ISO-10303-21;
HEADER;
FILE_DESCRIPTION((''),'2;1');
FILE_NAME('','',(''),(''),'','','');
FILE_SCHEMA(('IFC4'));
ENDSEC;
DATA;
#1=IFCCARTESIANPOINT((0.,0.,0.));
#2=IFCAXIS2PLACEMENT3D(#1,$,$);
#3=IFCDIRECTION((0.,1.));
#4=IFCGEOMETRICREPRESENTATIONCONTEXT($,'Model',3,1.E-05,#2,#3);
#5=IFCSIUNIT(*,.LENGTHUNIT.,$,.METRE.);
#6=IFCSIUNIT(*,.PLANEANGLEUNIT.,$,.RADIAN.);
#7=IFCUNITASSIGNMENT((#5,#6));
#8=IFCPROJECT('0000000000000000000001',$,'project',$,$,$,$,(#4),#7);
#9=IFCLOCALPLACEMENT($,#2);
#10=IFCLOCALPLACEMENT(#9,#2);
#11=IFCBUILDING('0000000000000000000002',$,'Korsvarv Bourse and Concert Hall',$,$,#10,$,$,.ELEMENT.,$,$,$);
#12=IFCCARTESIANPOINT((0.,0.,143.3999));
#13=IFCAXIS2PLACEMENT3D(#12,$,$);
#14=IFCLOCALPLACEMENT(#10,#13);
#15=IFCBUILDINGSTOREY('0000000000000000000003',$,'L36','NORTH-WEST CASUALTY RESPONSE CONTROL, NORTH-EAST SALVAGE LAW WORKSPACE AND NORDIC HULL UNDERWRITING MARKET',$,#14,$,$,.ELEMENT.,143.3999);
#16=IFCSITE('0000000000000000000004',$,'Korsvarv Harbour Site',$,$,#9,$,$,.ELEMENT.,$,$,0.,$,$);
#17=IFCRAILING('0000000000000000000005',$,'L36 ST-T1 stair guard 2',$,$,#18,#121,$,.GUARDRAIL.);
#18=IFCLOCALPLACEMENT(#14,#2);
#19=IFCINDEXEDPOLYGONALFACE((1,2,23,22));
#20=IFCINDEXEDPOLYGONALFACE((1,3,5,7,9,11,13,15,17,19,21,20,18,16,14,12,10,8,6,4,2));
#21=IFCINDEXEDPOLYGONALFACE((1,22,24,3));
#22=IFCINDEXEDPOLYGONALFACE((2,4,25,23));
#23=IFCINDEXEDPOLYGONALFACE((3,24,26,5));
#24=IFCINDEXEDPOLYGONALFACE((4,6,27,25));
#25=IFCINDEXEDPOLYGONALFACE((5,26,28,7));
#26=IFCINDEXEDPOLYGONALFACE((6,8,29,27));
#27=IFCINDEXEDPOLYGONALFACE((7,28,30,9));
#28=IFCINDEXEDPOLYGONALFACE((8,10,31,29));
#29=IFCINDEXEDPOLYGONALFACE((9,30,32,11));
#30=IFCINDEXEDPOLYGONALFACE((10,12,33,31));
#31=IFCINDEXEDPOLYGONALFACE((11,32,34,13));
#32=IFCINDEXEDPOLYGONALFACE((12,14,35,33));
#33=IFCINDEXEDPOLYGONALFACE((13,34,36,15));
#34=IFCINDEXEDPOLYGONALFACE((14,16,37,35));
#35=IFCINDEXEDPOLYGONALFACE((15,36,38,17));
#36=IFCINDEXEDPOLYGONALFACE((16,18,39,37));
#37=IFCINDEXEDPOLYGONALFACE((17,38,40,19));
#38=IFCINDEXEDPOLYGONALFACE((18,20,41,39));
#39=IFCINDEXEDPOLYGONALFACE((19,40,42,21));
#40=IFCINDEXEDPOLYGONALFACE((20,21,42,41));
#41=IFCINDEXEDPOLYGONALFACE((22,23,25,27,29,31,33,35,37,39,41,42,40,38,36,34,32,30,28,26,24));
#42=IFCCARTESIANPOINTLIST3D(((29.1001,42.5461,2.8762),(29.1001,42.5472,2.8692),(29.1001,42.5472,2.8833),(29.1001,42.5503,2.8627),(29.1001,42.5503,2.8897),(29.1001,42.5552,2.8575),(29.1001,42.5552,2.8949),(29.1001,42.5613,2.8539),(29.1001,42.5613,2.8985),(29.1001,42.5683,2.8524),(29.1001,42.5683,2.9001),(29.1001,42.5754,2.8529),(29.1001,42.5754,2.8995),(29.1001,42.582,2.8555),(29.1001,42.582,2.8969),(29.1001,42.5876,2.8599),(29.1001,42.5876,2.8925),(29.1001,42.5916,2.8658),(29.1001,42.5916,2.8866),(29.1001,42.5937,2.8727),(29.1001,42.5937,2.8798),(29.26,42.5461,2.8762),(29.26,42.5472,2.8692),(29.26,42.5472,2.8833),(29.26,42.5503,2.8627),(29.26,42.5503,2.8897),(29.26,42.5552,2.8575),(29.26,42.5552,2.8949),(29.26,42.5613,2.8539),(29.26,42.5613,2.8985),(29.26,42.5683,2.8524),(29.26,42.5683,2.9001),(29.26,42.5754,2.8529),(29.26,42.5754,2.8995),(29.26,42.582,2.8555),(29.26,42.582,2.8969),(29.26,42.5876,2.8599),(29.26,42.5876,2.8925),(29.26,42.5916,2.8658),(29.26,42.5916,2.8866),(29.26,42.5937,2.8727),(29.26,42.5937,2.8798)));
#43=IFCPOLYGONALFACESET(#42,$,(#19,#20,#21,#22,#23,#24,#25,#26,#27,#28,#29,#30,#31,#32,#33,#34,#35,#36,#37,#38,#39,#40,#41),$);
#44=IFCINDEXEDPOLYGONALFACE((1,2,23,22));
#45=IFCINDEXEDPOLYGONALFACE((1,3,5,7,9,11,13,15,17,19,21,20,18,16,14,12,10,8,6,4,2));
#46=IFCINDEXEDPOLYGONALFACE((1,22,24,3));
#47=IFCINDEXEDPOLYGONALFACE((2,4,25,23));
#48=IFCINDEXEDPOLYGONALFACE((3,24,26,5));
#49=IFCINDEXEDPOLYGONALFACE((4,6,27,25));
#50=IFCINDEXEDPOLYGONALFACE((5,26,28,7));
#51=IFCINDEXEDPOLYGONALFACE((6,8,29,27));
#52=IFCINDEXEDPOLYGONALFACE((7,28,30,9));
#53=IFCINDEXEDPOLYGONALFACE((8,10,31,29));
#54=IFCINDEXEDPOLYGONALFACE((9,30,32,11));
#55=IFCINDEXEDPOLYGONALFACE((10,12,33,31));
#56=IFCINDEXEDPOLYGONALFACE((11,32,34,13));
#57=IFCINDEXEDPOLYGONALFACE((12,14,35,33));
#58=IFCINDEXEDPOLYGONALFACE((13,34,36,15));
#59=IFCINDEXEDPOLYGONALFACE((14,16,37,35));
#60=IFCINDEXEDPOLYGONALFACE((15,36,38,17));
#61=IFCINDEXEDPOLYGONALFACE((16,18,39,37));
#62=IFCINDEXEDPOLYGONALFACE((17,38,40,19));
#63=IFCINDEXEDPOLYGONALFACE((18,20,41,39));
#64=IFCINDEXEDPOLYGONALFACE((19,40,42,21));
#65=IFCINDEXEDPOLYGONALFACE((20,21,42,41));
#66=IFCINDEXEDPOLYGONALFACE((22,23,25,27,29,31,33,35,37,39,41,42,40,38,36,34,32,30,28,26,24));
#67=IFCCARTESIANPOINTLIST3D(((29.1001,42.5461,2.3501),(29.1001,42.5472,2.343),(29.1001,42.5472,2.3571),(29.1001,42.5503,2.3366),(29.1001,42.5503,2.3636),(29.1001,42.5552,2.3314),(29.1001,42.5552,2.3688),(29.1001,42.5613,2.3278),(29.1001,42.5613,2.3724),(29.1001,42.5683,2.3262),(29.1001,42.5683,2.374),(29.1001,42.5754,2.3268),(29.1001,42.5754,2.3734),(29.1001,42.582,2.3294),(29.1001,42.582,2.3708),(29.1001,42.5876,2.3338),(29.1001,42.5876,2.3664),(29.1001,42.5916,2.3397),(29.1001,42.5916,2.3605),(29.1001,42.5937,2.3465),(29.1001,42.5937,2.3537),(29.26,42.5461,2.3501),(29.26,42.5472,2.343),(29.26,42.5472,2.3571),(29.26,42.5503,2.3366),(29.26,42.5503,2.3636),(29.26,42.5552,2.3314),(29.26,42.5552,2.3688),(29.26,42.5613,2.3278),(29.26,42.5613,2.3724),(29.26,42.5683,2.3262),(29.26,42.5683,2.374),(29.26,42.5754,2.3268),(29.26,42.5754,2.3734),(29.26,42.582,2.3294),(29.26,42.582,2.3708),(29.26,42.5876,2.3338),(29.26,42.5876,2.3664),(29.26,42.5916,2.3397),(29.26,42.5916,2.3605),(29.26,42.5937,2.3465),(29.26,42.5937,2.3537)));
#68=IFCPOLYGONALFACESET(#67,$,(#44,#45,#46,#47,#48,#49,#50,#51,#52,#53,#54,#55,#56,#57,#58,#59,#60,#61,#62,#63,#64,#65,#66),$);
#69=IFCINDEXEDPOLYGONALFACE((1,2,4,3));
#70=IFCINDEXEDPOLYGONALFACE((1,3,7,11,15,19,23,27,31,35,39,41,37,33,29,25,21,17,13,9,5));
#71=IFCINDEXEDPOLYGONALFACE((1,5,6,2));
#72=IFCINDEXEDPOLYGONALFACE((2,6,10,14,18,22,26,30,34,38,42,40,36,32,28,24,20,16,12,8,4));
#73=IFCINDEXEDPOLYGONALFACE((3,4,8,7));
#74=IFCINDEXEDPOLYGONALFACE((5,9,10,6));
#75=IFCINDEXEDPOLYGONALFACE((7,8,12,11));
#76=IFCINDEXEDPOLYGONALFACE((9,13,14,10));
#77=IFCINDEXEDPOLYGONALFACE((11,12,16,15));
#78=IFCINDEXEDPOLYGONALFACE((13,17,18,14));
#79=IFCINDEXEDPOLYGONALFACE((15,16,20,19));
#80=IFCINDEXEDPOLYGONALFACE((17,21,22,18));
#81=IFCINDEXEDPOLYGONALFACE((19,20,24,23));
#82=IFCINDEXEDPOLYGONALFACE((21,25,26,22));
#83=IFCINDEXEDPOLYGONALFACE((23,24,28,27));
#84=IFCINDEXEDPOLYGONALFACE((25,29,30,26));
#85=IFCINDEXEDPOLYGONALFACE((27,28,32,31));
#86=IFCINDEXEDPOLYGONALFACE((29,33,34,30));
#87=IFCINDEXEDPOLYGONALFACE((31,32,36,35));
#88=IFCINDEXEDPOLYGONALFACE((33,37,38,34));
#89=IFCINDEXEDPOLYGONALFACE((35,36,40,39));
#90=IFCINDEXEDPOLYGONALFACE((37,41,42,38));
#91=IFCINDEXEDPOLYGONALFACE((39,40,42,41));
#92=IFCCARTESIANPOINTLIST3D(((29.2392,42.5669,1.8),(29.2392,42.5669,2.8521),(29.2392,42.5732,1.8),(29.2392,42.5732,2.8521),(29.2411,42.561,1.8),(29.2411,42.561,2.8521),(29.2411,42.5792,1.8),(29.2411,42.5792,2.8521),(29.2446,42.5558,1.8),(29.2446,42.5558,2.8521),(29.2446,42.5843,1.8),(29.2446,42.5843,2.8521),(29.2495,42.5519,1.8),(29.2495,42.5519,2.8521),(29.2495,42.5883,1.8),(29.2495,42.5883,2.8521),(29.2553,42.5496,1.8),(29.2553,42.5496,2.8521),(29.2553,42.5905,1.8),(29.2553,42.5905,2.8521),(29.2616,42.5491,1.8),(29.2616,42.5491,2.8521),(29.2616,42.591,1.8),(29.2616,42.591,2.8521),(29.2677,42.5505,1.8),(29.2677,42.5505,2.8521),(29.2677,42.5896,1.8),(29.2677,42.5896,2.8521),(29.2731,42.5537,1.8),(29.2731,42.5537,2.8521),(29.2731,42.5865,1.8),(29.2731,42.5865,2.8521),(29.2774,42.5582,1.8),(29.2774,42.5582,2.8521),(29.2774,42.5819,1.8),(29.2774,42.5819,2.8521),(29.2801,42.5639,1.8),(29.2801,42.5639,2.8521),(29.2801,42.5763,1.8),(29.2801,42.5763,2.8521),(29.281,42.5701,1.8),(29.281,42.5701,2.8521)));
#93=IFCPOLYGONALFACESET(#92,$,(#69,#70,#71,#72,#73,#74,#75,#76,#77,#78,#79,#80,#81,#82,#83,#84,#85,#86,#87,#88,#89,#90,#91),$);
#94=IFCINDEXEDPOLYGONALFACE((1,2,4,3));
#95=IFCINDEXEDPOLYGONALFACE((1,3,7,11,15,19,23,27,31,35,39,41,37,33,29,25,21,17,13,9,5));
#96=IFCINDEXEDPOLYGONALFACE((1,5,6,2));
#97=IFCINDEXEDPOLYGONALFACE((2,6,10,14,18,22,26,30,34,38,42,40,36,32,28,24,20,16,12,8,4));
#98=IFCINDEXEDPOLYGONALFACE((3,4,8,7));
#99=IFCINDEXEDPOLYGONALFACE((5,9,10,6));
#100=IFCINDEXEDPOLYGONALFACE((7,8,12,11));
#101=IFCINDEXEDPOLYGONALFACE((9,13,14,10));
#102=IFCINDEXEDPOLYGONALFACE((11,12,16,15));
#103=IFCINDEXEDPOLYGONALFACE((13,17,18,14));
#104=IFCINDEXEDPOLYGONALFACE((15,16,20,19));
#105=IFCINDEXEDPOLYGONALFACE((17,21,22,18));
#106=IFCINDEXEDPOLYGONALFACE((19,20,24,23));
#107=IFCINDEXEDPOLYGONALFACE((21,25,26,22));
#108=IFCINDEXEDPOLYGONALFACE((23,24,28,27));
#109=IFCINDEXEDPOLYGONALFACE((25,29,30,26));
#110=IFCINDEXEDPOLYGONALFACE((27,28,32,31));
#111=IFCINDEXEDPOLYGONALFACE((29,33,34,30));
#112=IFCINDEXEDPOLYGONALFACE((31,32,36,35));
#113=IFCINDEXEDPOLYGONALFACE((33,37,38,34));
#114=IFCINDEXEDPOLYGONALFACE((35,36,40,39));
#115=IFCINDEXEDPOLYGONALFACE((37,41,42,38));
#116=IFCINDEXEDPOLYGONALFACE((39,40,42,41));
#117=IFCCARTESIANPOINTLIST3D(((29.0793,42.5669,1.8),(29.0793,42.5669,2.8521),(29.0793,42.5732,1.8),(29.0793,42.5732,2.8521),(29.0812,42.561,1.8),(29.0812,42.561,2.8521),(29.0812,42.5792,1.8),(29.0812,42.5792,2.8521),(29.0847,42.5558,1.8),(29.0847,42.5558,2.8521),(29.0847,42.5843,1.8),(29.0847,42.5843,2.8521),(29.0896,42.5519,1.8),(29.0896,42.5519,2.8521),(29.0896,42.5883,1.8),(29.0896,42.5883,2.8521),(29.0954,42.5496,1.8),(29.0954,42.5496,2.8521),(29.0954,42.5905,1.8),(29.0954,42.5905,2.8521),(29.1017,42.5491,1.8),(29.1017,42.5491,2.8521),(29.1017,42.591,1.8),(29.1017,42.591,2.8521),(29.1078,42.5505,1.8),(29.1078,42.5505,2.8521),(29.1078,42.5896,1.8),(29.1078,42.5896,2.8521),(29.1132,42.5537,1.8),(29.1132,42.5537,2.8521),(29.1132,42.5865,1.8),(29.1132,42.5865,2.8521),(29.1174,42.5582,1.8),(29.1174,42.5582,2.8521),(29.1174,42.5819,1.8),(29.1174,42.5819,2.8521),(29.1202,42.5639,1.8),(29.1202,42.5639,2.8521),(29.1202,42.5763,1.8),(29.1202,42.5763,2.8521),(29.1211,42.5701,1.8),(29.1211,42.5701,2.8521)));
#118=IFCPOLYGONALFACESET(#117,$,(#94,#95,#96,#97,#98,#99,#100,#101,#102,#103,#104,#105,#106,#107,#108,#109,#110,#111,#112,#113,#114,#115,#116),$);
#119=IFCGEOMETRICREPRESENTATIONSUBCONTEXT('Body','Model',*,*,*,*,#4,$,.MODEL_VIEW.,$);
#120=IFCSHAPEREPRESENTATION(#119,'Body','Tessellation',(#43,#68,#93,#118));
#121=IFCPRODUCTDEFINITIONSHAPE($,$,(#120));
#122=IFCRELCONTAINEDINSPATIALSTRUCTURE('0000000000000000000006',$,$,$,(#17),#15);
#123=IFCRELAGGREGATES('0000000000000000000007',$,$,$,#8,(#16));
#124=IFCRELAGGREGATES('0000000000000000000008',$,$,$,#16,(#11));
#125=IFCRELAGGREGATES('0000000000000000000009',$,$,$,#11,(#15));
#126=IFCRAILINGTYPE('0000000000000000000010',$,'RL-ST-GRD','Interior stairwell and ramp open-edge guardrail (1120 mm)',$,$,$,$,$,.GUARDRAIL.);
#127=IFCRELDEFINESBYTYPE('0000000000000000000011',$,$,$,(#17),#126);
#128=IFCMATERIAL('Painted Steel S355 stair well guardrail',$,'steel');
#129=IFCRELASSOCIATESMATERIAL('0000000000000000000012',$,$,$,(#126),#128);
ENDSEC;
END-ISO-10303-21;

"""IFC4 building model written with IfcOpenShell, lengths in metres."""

from ifc_helpers import new_model, si_unit, direction, frame, origin, origin_2d, place, context, subcontext, project, spatial, circle, extrude, material, type_object, element, save


model = new_model("IFC4")

# Units and contexts
model_context = context("Model", 3, precision=1e-05, world=origin(), true_north=direction((0.0, 1.0)))
body_context = subcontext(model_context, "Body", "Model", "MODEL_VIEW")
ifc_project = project(units=[si_unit("LENGTHUNIT", "METRE"), si_unit("PLANEANGLEUNIT", "RADIAN")], contexts=[model_context])

# Site, building, storey
site_placement = place(None, origin())
site = spatial("IfcSite", under=ifc_project, at=site_placement, Name="Korsvarv Harbour Site", CompositionType="ELEMENT", RefElevation=0.0)
building_placement = place(site_placement, origin())
building = spatial("IfcBuilding", under=site, at=building_placement, Name="Korsvarv Bourse and Concert Hall", CompositionType="ELEMENT")
storey_placement = place(building_placement, frame((0.0, 0.0, 143.3999)))
storey = spatial("IfcBuildingStorey", under=building, at=storey_placement, Name="L36", Description="NORTH-WEST CASUALTY RESPONSE CONTROL, NORTH-EAST SALVAGE LAW WORKSPACE AND NORDIC HULL UNDERWRITING MARKET", CompositionType="ELEMENT", Elevation=143.3999)

# Railing
ifc_material_1 = material(Name="Painted Steel S355 stair well guardrail", Category="steel")
railing_type_1 = type_object("IfcRailingType", Name="RL-ST-GRD", Description="Interior stairwell and ramp open-edge guardrail (1120 mm)", PredefinedType="GUARDRAIL", material=ifc_material_1)
railing_1_placement = place(storey_placement, frame((29.26, 42.5701, 1.8)))
element("IfcRailing", 1, at=railing_1_placement, inside=storey, type_object=railing_type_1, Name="L36 ST-T1 stair guard 2", PredefinedType="GUARDRAIL", context=body_context, shape_type="SweptSolid", body=[
    extrude(circle(Radius=0.0239, at=origin_2d()), frame((0.0, 0.0, 1.0762), z_axis=(-1.0, 0.0, 0.0), x_axis=(0.0, -1.0, 0.0)), (0.0, 0.0, 1.0), 0.1599),
    extrude(circle(Radius=0.0239, at=origin_2d()), frame((0.0, 0.0, 0.55), z_axis=(-1.0, 0.0, 0.0), x_axis=(0.0, -1.0, 0.0)), (0.0, 0.0, 1.0), 0.1599),
    extrude(circle(Radius=0.021, at=origin_2d()), origin(), (0.0, 0.0, 1.0), 1.052),
    extrude(circle(Radius=0.021, at=origin_2d()), frame((-0.1599, 0.0, 0.0)), (0.0, 0.0, 1.0), 1.052),
])

save(model, "model.ifc")
